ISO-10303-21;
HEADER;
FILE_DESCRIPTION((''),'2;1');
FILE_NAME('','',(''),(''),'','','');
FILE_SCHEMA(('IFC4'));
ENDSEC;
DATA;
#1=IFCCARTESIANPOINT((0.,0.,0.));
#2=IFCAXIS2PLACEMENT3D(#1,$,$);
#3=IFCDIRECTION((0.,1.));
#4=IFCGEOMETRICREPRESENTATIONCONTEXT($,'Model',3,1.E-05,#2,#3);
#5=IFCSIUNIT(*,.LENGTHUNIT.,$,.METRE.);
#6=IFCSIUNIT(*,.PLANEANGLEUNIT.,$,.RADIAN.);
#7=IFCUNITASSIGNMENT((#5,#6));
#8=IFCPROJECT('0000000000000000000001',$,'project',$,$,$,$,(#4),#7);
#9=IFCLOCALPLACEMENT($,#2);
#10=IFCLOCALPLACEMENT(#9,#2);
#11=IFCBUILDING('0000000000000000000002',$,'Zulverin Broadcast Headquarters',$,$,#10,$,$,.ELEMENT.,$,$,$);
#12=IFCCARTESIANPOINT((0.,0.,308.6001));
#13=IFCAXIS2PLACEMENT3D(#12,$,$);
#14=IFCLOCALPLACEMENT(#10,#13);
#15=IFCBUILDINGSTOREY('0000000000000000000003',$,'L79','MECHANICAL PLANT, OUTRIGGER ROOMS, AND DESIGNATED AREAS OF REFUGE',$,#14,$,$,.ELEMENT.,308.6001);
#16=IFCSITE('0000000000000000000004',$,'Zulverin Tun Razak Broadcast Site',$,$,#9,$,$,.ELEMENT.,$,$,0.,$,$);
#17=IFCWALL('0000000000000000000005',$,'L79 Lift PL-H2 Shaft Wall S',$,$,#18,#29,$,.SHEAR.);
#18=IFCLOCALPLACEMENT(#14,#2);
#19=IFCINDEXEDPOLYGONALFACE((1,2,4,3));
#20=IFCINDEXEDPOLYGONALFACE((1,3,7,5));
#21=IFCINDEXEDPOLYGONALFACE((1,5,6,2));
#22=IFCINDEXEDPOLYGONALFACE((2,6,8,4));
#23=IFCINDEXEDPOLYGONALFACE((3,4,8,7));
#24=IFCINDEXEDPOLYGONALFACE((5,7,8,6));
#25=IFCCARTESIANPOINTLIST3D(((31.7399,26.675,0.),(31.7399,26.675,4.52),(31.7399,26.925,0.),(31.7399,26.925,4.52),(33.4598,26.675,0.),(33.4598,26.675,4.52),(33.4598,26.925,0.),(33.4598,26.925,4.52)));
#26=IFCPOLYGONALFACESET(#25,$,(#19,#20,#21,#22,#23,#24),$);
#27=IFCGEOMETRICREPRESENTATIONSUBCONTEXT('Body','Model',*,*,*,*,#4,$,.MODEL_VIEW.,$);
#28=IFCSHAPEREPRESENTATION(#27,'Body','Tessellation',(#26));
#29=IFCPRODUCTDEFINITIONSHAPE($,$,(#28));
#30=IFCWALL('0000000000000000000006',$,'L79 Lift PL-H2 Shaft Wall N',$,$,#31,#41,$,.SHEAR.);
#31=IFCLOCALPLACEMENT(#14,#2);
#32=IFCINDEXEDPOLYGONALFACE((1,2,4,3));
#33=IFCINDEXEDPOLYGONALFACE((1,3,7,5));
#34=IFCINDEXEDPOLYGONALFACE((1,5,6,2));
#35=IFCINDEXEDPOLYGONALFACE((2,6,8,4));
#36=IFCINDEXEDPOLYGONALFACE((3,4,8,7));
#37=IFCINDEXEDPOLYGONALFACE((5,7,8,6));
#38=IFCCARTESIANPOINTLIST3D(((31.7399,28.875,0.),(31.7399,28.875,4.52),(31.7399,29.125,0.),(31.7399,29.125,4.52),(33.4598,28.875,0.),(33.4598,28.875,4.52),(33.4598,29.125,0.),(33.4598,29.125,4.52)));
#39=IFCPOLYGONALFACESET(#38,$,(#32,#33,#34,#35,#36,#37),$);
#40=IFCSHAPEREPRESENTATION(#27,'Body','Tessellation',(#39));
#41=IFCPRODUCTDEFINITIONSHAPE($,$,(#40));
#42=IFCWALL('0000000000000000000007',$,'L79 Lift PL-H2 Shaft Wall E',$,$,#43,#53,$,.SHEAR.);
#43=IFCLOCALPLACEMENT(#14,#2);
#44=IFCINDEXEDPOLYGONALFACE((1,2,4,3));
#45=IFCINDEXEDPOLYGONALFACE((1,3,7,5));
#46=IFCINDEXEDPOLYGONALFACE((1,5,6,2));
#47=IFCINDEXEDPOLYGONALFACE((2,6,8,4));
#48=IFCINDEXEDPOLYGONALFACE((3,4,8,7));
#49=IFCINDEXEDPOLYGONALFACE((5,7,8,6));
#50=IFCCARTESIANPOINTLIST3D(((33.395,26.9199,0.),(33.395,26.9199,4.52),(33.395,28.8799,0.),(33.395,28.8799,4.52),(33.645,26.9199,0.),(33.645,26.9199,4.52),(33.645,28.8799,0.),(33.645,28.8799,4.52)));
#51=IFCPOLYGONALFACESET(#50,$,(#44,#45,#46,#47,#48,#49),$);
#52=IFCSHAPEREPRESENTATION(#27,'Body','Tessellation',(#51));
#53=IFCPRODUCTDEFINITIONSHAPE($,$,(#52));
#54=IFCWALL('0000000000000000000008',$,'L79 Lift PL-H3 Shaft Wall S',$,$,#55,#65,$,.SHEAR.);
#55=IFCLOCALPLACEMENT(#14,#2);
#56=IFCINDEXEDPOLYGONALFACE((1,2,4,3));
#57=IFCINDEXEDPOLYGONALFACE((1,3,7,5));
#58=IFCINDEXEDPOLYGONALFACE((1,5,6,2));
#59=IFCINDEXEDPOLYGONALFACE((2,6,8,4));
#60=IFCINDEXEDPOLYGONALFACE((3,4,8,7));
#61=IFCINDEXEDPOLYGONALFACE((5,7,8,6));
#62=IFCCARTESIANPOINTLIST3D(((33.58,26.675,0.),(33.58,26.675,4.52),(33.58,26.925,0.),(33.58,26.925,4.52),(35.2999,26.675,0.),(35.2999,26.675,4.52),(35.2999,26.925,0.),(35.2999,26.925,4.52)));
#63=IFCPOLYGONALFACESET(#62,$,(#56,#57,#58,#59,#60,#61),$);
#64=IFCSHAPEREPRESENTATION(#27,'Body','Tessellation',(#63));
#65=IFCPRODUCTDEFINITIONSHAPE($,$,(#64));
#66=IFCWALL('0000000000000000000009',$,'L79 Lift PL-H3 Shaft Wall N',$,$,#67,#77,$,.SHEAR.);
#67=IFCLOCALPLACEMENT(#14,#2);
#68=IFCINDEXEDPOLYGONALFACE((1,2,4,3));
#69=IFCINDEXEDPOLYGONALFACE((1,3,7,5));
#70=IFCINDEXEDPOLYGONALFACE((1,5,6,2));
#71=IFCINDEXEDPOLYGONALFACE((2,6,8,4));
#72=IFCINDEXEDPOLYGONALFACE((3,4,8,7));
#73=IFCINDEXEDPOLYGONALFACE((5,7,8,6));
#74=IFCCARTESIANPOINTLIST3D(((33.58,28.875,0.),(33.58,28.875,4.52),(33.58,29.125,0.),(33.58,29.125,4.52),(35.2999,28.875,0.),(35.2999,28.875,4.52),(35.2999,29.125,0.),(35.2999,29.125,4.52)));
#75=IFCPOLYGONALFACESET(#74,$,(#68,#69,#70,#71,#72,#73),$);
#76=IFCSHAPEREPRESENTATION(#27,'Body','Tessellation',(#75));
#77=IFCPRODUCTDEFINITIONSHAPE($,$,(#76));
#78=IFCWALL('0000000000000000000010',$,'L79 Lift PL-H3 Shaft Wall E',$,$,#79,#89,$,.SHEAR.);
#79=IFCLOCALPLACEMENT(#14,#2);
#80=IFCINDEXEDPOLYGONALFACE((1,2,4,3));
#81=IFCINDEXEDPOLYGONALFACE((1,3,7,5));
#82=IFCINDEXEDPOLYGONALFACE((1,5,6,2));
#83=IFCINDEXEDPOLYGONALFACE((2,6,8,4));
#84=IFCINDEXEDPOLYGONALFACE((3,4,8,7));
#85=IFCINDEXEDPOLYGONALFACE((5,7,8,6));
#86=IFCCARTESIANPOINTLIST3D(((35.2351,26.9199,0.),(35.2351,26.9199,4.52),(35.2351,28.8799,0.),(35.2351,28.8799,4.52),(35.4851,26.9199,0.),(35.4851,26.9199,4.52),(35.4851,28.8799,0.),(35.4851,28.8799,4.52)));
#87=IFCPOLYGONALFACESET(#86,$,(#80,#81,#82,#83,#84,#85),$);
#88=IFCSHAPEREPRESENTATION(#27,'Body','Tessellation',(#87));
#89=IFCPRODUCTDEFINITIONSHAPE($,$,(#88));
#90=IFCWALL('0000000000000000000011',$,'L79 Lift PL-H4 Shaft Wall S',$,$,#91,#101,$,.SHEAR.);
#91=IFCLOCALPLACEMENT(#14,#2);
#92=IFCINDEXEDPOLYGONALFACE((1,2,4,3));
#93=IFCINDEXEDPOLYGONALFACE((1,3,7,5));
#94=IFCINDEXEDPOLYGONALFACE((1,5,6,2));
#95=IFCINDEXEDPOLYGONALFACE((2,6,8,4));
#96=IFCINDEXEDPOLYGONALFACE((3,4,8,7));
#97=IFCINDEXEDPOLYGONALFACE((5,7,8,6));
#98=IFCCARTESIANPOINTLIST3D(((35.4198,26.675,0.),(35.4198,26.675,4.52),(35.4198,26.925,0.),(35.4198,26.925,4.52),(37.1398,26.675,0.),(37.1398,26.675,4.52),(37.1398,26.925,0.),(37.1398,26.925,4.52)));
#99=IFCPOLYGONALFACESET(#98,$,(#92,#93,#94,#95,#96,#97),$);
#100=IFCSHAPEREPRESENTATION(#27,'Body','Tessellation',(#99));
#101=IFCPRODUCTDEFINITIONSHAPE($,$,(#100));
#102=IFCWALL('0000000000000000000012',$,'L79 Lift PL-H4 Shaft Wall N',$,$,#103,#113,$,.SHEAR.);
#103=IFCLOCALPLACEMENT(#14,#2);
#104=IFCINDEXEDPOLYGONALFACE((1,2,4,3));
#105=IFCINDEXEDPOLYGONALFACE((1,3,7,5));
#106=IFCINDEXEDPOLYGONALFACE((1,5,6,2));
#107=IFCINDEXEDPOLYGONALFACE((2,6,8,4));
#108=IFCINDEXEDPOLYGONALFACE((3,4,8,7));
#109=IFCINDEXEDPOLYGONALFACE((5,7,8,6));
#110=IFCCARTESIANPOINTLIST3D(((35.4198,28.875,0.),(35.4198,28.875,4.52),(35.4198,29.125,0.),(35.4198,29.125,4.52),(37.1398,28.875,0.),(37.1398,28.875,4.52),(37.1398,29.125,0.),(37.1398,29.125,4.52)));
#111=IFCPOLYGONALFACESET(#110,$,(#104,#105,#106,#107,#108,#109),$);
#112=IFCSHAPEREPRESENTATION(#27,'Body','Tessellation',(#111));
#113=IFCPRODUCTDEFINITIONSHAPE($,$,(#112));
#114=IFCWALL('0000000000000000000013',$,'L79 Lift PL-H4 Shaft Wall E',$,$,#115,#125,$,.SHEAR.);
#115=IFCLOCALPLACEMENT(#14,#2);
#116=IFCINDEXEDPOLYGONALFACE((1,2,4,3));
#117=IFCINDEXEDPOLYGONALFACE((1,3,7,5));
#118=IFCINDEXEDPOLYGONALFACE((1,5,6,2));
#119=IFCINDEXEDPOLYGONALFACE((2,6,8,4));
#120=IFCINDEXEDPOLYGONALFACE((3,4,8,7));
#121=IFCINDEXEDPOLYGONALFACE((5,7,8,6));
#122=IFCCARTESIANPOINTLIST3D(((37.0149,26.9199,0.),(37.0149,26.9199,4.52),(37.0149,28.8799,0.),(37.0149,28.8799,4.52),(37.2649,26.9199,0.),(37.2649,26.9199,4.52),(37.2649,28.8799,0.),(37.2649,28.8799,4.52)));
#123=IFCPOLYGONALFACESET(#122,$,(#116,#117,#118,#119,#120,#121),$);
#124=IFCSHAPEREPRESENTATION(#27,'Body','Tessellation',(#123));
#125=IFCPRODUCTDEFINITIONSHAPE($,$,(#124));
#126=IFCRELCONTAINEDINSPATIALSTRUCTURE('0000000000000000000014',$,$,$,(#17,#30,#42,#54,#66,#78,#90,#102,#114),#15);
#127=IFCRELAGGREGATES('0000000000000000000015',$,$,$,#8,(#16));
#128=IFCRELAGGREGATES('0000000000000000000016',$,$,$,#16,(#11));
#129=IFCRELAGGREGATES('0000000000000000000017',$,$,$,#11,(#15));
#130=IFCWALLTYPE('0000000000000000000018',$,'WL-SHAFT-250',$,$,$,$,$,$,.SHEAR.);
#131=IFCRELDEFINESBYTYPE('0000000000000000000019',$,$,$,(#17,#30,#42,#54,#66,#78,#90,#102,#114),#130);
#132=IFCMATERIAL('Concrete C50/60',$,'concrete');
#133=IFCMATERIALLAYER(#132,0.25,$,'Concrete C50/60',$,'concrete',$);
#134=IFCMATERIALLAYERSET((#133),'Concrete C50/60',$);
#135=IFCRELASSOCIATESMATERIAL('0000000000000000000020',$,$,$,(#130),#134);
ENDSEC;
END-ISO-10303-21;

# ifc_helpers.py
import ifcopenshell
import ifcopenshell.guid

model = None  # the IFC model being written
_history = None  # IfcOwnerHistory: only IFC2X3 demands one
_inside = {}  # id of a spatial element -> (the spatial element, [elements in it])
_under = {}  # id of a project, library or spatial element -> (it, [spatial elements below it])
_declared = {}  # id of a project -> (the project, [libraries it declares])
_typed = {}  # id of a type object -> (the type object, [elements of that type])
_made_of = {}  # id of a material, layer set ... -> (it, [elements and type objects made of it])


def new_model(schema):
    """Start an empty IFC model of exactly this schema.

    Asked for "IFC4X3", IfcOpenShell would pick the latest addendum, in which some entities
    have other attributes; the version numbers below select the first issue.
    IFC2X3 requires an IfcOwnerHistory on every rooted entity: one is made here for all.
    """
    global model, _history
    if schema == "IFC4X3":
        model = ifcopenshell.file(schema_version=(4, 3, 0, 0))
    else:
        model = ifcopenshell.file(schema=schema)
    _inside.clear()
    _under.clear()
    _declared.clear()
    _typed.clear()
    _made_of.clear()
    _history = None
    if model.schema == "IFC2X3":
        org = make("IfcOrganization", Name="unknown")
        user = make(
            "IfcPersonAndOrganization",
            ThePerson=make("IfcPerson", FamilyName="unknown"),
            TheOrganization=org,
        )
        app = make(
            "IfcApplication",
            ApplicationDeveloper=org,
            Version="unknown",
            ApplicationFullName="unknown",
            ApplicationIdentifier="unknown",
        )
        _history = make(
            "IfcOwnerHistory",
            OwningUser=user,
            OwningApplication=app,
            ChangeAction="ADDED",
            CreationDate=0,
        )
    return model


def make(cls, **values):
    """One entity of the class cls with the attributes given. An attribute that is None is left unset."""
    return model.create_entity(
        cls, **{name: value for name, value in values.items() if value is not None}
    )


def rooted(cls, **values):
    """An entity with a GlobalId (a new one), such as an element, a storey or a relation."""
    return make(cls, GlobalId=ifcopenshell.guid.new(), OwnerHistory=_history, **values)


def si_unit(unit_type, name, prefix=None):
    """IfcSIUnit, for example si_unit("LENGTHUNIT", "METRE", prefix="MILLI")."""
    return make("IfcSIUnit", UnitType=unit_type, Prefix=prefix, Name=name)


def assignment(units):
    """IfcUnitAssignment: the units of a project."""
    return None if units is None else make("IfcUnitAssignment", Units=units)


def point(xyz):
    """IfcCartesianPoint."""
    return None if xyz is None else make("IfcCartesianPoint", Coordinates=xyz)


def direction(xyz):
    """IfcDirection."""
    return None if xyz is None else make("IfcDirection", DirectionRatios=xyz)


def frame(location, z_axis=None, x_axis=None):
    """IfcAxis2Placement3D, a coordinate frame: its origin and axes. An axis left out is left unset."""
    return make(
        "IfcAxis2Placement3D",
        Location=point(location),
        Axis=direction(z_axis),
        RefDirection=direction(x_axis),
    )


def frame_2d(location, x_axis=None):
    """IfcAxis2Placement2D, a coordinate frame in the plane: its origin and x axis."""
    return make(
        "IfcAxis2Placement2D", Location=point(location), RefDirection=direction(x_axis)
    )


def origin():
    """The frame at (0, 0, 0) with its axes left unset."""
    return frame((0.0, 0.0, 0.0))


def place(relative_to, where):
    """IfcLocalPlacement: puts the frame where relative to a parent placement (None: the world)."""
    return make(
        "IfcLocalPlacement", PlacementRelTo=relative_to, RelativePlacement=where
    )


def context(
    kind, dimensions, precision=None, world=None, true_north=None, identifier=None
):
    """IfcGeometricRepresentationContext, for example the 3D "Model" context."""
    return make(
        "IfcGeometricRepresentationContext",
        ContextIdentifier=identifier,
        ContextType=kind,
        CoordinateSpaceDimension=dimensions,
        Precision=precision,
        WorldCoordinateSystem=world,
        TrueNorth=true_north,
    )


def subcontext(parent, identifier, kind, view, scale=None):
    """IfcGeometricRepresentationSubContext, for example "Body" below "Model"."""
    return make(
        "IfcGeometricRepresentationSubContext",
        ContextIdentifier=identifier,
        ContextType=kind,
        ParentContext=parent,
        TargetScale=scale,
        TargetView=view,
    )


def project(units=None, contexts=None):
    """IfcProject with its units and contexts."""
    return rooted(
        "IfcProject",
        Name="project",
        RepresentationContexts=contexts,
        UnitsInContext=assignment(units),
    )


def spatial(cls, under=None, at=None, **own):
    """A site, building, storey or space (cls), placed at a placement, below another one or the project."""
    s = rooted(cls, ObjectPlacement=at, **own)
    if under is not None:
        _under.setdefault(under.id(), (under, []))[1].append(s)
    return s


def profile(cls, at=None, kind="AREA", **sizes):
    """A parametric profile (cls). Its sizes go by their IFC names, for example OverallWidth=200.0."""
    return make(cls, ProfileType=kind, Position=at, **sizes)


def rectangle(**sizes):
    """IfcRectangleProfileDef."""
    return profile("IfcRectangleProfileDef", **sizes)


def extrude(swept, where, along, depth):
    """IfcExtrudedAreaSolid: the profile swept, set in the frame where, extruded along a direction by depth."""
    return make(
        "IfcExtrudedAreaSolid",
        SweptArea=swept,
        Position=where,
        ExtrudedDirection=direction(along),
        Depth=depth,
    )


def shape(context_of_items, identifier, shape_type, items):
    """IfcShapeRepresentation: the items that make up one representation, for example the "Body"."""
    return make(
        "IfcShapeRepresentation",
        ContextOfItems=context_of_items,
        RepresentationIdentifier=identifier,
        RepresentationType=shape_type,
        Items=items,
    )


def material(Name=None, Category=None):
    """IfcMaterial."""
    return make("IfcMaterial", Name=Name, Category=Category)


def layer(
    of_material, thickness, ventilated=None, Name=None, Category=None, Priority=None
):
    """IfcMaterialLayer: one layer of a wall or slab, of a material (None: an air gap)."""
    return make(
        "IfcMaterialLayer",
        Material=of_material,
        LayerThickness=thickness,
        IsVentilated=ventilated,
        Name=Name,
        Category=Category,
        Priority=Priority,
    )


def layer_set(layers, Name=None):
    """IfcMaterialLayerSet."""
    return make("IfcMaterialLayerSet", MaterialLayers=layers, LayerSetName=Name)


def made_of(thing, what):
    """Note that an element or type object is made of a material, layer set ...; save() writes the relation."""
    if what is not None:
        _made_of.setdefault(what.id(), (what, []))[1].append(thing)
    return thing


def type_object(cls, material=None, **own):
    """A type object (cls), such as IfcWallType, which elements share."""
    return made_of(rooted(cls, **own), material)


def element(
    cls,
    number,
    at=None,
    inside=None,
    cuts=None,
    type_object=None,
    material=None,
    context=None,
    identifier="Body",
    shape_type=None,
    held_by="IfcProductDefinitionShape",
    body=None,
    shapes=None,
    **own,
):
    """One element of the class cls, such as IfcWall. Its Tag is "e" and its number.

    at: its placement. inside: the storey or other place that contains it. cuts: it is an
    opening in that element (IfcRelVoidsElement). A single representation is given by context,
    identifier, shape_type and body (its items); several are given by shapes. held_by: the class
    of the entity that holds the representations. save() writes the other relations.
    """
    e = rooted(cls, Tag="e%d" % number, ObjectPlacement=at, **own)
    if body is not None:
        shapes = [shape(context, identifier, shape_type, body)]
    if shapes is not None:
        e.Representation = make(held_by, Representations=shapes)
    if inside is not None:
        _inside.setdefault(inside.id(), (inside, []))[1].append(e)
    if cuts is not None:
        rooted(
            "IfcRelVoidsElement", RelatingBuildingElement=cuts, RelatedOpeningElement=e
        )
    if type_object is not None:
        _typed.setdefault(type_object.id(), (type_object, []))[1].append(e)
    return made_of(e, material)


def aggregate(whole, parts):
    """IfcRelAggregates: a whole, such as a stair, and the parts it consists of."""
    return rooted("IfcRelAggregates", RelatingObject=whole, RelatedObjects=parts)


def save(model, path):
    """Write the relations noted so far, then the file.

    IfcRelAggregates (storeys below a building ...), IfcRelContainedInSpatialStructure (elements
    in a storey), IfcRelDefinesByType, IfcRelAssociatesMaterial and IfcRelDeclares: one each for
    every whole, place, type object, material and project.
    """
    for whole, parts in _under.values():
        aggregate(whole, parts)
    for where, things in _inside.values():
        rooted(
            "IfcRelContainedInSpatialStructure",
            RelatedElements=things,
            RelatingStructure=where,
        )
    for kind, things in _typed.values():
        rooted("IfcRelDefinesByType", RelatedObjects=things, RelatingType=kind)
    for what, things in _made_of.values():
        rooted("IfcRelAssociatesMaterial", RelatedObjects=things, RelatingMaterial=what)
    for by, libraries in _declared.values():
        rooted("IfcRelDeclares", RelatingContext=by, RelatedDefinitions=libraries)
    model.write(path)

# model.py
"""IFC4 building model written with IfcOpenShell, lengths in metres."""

from ifc_helpers import new_model, si_unit, direction, frame, frame_2d, origin, place, context, subcontext, project, spatial, rectangle, extrude, material, layer, layer_set, type_object, element, save


model = new_model("IFC4")

# Units and contexts
model_context = context("Model", 3, precision=1e-05, world=origin(), true_north=direction((0.0, 1.0)))
body_context = subcontext(model_context, "Body", "Model", "MODEL_VIEW")
ifc_project = project(units=[si_unit("LENGTHUNIT", "METRE"), si_unit("PLANEANGLEUNIT", "RADIAN")], contexts=[model_context])

# Site, building, storey
site_placement = place(None, origin())
site = spatial("IfcSite", under=ifc_project, at=site_placement, Name="Zulverin Tun Razak Broadcast Site", CompositionType="ELEMENT", RefElevation=0.0)
building_placement = place(site_placement, origin())
building = spatial("IfcBuilding", under=site, at=building_placement, Name="Zulverin Broadcast Headquarters", CompositionType="ELEMENT")
storey_placement = place(building_placement, frame((0.0, 0.0, 308.6001)))
storey = spatial("IfcBuildingStorey", under=building, at=storey_placement, Name="L79", Description="MECHANICAL PLANT, OUTRIGGER ROOMS, AND DESIGNATED AREAS OF REFUGE", CompositionType="ELEMENT", Elevation=308.6001)

# Shared definitions
ifc_material_1 = material(Name="Concrete C50/60", Category="concrete")

# Walls
ifc_layer_1 = layer(ifc_material_1, 0.25, Name="Concrete C50/60", Category="concrete")
ifc_layer_set_1 = layer_set([ifc_layer_1], Name="Concrete C50/60")
wall_type_1 = type_object("IfcWallType", Name="WL-SHAFT-250", PredefinedType="SHEAR", material=ifc_layer_set_1)
for number, where, z_axis, x_axis, name in (
    (1, (31.74, 26.8, 0.0), (0.0, 0.0, 1.0), (1.0, 0.0, 0.0), "L79 Lift PL-H2 Shaft Wall S"),
    (2, (31.74, 29.0, 0.0), (0.0, 0.0, 1.0), (1.0, 0.0, 0.0), "L79 Lift PL-H2 Shaft Wall N"),
):
    element("IfcWall", number, at=place(storey_placement, frame(where, z_axis=z_axis, x_axis=x_axis)), inside=storey, type_object=wall_type_1, Name=name, PredefinedType="SHEAR", context=body_context, shape_type="SweptSolid", body=[
        extrude(rectangle(XDim=1.72, YDim=0.25, at=frame_2d((0.8599, 0.0))), origin(), (0.0, 0.0, 1.0), 4.52),
    ])
wall_1_placement = place(storey_placement, frame((33.52, 26.9199, 0.0), z_axis=(0.0, 0.0, 1.0), x_axis=(0.0, 1.0, 0.0)))
element("IfcWall", 3, at=wall_1_placement, inside=storey, type_object=wall_type_1, Name="L79 Lift PL-H2 Shaft Wall E", PredefinedType="SHEAR", context=body_context, shape_type="SweptSolid", body=[
    extrude(rectangle(XDim=1.96, YDim=0.25, at=frame_2d((0.98, 0.0))), origin(), (0.0, 0.0, 1.0), 4.52),
])
for number, where, z_axis, x_axis, name in (
    (4, (33.5801, 26.8, 0.0), (0.0, 0.0, 1.0), (1.0, 0.0, 0.0), "L79 Lift PL-H3 Shaft Wall S"),
    (5, (33.5801, 29.0, 0.0), (0.0, 0.0, 1.0), (1.0, 0.0, 0.0), "L79 Lift PL-H3 Shaft Wall N"),
):
    element("IfcWall", number, at=place(storey_placement, frame(where, z_axis=z_axis, x_axis=x_axis)), inside=storey, type_object=wall_type_1, Name=name, PredefinedType="SHEAR", context=body_context, shape_type="SweptSolid", body=[
        extrude(rectangle(XDim=1.72, YDim=0.25, at=frame_2d((0.8599, 0.0))), origin(), (0.0, 0.0, 1.0), 4.52),
    ])
wall_2_placement = place(storey_placement, frame((35.3601, 26.9199, 0.0), z_axis=(0.0, 0.0, 1.0), x_axis=(0.0, 1.0, 0.0)))
element("IfcWall", 6, at=wall_2_placement, inside=storey, type_object=wall_type_1, Name="L79 Lift PL-H3 Shaft Wall E", PredefinedType="SHEAR", context=body_context, shape_type="SweptSolid", body=[
    extrude(rectangle(XDim=1.96, YDim=0.25, at=frame_2d((0.98, 0.0))), origin(), (0.0, 0.0, 1.0), 4.52),
])
for number, where, z_axis, x_axis, name in (
    (7, (35.4199, 26.8, 0.0), (0.0, 0.0, 1.0), (1.0, 0.0, 0.0), "L79 Lift PL-H4 Shaft Wall S"),
    (8, (35.4199, 29.0, 0.0), (0.0, 0.0, 1.0), (1.0, 0.0, 0.0), "L79 Lift PL-H4 Shaft Wall N"),
):
    element("IfcWall", number, at=place(storey_placement, frame(where, z_axis=z_axis, x_axis=x_axis)), inside=storey, type_object=wall_type_1, Name=name, PredefinedType="SHEAR", context=body_context, shape_type="SweptSolid", body=[
        extrude(rectangle(XDim=1.72, YDim=0.25, at=frame_2d((0.8599, 0.0))), origin(), (0.0, 0.0, 1.0), 4.52),
    ])
wall_3_placement = place(storey_placement, frame((37.1399, 26.9199, 0.0), z_axis=(0.0, 0.0, 1.0), x_axis=(0.0, 1.0, 0.0)))
element("IfcWall", 9, at=wall_3_placement, inside=storey, type_object=wall_type_1, Name="L79 Lift PL-H4 Shaft Wall E", PredefinedType="SHEAR", context=body_context, shape_type="SweptSolid", body=[
    extrude(rectangle(XDim=1.96, YDim=0.25, at=frame_2d((0.98, 0.0))), origin(), (0.0, 0.0, 1.0), 4.52),
])

save(model, "model.ifc")
